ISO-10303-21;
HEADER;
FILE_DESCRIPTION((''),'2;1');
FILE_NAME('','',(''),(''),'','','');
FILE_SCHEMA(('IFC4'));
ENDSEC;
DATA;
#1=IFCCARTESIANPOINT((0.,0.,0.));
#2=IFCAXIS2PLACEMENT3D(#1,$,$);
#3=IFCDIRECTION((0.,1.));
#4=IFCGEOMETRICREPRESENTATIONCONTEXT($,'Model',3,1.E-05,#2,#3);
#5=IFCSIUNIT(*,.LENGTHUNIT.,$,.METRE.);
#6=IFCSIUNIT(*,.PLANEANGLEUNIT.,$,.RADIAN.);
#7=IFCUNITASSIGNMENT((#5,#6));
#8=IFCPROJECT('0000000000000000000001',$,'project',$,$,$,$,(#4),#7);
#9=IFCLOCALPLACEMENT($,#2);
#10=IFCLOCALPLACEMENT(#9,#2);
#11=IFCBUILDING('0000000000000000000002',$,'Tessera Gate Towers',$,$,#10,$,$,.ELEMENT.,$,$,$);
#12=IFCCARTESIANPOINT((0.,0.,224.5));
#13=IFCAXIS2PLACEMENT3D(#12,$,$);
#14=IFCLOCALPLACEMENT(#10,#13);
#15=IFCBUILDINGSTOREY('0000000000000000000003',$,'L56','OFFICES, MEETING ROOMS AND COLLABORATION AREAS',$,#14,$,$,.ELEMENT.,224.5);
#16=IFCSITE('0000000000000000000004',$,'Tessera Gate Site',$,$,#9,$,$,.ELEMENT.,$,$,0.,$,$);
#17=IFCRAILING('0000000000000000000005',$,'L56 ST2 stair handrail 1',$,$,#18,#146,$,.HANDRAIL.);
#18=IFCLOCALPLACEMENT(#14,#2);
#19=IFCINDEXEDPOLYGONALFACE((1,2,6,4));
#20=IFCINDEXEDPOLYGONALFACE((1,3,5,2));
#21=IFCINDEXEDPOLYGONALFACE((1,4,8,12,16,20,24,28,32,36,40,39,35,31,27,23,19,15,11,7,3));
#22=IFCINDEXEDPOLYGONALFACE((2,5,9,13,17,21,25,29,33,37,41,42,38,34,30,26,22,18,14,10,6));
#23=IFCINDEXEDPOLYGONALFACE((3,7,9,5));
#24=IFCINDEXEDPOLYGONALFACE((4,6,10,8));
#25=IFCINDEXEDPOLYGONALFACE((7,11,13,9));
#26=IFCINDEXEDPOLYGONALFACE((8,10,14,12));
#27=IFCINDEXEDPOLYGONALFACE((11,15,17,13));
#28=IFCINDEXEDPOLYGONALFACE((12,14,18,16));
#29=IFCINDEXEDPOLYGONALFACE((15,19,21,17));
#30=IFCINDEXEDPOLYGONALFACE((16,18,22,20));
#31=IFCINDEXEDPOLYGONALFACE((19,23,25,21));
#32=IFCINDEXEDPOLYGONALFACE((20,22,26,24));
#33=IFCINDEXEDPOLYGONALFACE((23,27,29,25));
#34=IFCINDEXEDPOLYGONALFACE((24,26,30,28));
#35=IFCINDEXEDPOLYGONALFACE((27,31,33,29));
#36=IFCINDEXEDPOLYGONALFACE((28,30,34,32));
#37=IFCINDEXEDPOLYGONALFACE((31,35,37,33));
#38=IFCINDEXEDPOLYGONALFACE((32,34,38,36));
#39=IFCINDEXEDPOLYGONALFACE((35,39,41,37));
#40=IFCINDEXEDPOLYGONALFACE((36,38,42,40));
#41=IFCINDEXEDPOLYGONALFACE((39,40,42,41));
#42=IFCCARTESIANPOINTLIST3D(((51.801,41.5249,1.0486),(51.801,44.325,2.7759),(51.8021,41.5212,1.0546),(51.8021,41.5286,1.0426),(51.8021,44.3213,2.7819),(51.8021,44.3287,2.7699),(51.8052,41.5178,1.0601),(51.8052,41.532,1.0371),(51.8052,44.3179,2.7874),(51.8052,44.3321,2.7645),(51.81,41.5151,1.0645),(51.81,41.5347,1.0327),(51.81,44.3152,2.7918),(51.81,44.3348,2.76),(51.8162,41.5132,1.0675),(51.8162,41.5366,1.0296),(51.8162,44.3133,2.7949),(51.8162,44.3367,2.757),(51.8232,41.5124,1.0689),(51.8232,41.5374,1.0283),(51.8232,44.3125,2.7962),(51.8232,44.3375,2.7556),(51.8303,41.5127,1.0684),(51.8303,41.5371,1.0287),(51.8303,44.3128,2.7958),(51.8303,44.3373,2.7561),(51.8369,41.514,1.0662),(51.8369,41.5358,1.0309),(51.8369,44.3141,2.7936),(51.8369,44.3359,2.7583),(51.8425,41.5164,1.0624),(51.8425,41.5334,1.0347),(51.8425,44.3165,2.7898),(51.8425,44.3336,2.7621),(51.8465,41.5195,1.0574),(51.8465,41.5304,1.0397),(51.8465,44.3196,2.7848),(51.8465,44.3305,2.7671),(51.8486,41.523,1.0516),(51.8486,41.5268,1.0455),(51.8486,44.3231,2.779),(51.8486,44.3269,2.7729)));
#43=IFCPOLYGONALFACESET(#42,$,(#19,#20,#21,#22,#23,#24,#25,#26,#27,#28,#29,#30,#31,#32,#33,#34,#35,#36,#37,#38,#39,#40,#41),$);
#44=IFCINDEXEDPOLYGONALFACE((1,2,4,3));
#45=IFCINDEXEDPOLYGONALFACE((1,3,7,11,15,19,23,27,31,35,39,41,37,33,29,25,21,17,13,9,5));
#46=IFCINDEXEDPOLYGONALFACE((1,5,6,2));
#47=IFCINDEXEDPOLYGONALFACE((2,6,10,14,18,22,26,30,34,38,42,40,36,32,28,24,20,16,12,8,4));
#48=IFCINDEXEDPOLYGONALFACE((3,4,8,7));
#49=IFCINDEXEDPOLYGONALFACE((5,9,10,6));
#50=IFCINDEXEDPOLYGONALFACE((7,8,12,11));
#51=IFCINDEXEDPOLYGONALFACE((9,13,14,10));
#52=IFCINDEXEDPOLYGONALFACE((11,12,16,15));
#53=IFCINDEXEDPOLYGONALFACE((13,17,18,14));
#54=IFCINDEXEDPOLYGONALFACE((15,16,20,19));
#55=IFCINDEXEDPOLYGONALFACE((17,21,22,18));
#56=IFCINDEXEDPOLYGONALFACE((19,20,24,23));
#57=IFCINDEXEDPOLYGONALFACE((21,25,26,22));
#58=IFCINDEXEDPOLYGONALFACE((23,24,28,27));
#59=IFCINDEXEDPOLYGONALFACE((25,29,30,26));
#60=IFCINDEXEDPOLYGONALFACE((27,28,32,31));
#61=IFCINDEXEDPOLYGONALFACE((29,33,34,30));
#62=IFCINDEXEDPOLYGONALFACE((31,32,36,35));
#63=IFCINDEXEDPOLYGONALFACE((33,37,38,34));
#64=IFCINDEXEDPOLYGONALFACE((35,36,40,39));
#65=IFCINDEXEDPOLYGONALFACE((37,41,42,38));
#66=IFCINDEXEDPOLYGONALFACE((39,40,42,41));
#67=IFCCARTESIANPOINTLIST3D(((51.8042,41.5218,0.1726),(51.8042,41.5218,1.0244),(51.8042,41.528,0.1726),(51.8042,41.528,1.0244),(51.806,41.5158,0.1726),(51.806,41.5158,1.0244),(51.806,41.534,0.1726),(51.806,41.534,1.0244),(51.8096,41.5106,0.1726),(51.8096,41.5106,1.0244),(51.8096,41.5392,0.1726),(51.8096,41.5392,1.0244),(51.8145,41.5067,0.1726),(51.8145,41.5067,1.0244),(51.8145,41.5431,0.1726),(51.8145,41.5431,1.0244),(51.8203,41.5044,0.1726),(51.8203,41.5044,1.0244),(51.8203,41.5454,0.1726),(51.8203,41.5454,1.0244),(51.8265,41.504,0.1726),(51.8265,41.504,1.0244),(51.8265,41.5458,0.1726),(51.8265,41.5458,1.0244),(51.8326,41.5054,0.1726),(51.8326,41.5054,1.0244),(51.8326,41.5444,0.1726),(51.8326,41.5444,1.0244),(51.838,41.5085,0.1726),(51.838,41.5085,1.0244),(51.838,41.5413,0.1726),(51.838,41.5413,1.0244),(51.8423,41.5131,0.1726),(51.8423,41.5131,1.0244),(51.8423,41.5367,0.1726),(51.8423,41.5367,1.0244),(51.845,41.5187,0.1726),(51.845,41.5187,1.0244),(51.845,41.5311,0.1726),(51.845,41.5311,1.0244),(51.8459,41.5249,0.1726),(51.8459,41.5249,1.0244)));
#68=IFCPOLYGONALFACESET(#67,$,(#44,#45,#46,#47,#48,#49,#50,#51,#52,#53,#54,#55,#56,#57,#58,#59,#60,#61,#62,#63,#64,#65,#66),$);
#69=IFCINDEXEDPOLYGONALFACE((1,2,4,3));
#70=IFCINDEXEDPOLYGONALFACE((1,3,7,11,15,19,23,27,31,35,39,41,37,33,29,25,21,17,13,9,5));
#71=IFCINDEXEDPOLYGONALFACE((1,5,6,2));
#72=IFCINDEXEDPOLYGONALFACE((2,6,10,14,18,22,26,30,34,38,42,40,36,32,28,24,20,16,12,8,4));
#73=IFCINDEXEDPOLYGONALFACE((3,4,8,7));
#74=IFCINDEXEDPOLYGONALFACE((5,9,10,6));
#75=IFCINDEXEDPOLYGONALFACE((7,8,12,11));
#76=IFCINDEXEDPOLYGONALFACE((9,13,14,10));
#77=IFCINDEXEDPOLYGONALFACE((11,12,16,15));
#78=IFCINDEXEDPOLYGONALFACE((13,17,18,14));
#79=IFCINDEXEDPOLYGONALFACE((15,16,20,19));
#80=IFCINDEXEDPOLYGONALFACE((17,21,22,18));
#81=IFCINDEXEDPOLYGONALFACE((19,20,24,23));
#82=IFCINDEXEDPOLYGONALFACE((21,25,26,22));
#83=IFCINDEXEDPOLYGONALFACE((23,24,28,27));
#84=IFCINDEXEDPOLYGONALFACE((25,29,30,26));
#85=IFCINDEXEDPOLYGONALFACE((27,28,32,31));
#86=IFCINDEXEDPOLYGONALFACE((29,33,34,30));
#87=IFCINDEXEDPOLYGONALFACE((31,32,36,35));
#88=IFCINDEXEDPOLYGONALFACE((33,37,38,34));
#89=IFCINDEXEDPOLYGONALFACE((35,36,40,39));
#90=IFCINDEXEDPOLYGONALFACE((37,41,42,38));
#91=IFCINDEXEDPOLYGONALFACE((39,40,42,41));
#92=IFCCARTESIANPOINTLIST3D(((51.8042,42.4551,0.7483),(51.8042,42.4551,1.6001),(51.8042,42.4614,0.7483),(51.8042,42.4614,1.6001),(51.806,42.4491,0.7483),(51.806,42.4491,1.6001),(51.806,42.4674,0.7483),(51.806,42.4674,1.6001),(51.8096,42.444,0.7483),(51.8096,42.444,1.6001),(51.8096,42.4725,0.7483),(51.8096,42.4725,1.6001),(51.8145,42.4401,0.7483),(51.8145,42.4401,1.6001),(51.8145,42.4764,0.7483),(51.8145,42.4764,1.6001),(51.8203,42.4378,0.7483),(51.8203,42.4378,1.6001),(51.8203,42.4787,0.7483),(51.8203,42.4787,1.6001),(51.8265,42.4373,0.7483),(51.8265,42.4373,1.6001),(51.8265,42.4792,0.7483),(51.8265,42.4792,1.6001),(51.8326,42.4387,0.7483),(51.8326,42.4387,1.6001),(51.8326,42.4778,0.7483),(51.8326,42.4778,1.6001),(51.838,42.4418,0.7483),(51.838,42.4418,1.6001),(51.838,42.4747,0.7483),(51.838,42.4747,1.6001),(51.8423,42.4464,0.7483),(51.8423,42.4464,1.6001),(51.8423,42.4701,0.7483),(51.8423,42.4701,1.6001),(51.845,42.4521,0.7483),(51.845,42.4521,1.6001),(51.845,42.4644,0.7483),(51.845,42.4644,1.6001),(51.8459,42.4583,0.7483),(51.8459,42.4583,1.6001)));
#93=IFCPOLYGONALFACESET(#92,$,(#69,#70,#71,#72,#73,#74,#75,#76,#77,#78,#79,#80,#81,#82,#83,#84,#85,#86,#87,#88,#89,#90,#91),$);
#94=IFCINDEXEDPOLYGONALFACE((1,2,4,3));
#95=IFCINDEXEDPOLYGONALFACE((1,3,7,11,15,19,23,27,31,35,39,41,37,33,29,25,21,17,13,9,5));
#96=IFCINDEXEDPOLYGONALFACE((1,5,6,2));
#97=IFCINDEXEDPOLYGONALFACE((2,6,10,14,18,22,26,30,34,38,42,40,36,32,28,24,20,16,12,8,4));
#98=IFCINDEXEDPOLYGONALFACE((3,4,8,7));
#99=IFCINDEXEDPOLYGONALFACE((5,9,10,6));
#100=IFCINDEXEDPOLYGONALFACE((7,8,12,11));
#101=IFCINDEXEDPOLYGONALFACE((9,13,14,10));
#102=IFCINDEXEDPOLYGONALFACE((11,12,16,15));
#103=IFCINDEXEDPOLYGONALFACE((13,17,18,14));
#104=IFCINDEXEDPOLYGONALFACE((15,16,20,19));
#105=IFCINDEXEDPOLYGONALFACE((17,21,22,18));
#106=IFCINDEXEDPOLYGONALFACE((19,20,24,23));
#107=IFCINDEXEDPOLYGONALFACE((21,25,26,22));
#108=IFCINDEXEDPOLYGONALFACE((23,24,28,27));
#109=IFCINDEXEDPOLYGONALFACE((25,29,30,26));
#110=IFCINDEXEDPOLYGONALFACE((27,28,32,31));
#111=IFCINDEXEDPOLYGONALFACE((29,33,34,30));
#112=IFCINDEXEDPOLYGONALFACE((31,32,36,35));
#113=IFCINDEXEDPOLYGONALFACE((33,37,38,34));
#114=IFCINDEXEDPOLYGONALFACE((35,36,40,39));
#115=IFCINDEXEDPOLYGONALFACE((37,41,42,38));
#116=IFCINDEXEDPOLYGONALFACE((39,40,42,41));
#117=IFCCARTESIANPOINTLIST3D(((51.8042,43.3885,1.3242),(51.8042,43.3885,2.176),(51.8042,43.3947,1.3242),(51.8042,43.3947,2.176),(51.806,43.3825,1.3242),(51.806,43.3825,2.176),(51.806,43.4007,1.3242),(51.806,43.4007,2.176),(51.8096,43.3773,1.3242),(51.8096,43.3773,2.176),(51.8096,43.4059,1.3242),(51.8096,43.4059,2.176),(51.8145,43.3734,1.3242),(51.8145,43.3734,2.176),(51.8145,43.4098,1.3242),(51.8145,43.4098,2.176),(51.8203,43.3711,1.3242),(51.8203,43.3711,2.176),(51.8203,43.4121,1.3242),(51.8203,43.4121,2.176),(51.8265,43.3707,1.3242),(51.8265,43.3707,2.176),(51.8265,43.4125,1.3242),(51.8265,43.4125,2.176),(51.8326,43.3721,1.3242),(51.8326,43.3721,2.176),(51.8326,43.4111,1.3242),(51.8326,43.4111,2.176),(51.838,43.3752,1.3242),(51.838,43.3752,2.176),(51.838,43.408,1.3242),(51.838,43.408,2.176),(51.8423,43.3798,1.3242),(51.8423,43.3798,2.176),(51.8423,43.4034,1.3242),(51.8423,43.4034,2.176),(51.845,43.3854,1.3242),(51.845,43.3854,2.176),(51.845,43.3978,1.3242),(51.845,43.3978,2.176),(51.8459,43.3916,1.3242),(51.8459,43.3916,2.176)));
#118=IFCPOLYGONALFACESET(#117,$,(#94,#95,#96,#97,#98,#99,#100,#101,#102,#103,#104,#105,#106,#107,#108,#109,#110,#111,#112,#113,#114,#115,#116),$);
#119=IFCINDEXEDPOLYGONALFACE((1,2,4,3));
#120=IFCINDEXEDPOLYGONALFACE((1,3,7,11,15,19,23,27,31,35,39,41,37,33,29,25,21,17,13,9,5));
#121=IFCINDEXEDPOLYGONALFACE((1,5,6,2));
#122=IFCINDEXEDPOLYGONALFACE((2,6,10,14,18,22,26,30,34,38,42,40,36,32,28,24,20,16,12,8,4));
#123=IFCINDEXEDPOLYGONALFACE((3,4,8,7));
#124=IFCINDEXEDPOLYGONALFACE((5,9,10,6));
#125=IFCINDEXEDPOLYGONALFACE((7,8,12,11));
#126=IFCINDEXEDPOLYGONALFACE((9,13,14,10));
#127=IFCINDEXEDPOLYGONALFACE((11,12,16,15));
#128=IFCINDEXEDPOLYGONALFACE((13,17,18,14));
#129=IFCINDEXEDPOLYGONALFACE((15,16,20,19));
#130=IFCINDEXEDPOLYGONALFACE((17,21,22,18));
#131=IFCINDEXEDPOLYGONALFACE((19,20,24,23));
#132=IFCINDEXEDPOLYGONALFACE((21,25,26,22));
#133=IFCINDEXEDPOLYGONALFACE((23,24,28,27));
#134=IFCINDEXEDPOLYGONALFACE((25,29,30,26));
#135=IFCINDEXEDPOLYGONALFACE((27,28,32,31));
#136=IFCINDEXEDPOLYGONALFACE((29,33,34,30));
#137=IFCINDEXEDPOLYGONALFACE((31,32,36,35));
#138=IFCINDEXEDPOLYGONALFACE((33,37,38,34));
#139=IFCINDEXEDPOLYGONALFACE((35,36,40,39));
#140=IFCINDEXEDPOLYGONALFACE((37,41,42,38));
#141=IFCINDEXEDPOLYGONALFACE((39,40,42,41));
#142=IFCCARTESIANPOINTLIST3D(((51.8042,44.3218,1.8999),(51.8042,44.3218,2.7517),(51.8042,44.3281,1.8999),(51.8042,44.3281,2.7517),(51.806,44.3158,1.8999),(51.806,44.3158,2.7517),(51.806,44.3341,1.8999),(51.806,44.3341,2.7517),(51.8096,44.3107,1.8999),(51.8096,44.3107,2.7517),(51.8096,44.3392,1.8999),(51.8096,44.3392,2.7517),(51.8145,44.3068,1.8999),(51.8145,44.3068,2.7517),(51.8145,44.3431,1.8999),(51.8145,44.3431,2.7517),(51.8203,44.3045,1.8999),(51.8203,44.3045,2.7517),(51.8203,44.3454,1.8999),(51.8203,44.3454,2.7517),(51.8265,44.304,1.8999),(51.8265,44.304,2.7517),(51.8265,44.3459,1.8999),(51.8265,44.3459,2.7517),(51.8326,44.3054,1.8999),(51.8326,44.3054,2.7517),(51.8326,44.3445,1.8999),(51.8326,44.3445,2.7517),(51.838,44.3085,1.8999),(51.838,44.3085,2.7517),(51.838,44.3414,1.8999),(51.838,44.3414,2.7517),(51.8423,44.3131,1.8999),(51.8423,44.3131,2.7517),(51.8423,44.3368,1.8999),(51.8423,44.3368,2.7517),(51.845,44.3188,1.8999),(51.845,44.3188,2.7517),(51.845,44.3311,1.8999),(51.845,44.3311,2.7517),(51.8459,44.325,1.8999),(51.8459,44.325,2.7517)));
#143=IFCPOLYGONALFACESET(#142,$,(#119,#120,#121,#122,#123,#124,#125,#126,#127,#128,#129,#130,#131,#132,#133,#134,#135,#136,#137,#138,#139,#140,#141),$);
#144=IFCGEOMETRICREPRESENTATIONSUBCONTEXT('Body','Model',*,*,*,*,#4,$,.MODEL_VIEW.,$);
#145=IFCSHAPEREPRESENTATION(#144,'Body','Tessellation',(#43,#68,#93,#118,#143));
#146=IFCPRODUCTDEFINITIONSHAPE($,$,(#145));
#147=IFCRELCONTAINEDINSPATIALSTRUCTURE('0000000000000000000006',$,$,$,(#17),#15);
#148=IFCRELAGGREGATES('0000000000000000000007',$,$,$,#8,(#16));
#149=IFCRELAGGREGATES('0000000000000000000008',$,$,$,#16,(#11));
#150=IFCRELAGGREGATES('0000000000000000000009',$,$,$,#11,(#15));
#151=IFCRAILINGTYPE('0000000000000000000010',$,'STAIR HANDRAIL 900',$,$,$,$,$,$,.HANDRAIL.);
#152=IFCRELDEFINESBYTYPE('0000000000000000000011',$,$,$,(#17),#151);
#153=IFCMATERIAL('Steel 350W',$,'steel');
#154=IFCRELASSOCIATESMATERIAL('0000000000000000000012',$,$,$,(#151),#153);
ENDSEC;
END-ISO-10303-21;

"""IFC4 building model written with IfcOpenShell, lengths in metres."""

from ifc_helpers import new_model, si_unit, direction, frame, origin, origin_2d, place, context, subcontext, project, spatial, circle, extrude, material, type_object, element, save


model = new_model("IFC4")

# Units and contexts
model_context = context("Model", 3, precision=1e-05, world=origin(), true_north=direction((0.0, 1.0)))
body_context = subcontext(model_context, "Body", "Model", "MODEL_VIEW")
ifc_project = project(units=[si_unit("LENGTHUNIT", "METRE"), si_unit("PLANEANGLEUNIT", "RADIAN")], contexts=[model_context])

# Site, building, storey
site_placement = place(None, origin())
site = spatial("IfcSite", under=ifc_project, at=site_placement, Name="Tessera Gate Site", CompositionType="ELEMENT", RefElevation=0.0)
building_placement = place(site_placement, origin())
building = spatial("IfcBuilding", under=site, at=building_placement, Name="Tessera Gate Towers", CompositionType="ELEMENT")
storey_placement = place(building_placement, frame((0.0, 0.0, 224.5)))
storey = spatial("IfcBuildingStorey", under=building, at=storey_placement, Name="L56", Description="OFFICES, MEETING ROOMS AND COLLABORATION AREAS", CompositionType="ELEMENT", Elevation=224.5)

# Railing
ifc_material_1 = material(Name="Steel 350W", Category="steel")
railing_type_1 = type_object("IfcRailingType", Name="STAIR HANDRAIL 900", PredefinedType="HANDRAIL", material=ifc_material_1)
railing_1_placement = place(storey_placement, frame((51.825, 41.5249, 0.1726)))
element("IfcRailing", 1, at=railing_1_placement, inside=storey, type_object=railing_type_1, Name="L56 ST2 stair handrail 1", PredefinedType="HANDRAIL", context=body_context, shape_type="SweptSolid", body=[
    extrude(circle(Radius=0.0239, at=origin_2d()), frame((0.0, 0.0, 0.876), z_axis=(0.0, 0.85109, 0.52502), x_axis=(-1.0, 0.0, 0.0)), (0.0, 0.0, 1.0), 3.29),
    extrude(circle(Radius=0.021, at=origin_2d()), origin(), (0.0, 0.0, 1.0), 0.8518),
    extrude(circle(Radius=0.021, at=origin_2d()), frame((0.0, 0.9333, 0.5757)), (0.0, 0.0, 1.0), 0.8518),
    extrude(circle(Radius=0.021, at=origin_2d()), frame((0.0, 1.8667, 1.1516)), (0.0, 0.0, 1.0), 0.8518),
    extrude(circle(Radius=0.021, at=origin_2d()), frame((0.0, 2.8, 1.7273)), (0.0, 0.0, 1.0), 0.8518),
])

save(model, "model.ifc")
